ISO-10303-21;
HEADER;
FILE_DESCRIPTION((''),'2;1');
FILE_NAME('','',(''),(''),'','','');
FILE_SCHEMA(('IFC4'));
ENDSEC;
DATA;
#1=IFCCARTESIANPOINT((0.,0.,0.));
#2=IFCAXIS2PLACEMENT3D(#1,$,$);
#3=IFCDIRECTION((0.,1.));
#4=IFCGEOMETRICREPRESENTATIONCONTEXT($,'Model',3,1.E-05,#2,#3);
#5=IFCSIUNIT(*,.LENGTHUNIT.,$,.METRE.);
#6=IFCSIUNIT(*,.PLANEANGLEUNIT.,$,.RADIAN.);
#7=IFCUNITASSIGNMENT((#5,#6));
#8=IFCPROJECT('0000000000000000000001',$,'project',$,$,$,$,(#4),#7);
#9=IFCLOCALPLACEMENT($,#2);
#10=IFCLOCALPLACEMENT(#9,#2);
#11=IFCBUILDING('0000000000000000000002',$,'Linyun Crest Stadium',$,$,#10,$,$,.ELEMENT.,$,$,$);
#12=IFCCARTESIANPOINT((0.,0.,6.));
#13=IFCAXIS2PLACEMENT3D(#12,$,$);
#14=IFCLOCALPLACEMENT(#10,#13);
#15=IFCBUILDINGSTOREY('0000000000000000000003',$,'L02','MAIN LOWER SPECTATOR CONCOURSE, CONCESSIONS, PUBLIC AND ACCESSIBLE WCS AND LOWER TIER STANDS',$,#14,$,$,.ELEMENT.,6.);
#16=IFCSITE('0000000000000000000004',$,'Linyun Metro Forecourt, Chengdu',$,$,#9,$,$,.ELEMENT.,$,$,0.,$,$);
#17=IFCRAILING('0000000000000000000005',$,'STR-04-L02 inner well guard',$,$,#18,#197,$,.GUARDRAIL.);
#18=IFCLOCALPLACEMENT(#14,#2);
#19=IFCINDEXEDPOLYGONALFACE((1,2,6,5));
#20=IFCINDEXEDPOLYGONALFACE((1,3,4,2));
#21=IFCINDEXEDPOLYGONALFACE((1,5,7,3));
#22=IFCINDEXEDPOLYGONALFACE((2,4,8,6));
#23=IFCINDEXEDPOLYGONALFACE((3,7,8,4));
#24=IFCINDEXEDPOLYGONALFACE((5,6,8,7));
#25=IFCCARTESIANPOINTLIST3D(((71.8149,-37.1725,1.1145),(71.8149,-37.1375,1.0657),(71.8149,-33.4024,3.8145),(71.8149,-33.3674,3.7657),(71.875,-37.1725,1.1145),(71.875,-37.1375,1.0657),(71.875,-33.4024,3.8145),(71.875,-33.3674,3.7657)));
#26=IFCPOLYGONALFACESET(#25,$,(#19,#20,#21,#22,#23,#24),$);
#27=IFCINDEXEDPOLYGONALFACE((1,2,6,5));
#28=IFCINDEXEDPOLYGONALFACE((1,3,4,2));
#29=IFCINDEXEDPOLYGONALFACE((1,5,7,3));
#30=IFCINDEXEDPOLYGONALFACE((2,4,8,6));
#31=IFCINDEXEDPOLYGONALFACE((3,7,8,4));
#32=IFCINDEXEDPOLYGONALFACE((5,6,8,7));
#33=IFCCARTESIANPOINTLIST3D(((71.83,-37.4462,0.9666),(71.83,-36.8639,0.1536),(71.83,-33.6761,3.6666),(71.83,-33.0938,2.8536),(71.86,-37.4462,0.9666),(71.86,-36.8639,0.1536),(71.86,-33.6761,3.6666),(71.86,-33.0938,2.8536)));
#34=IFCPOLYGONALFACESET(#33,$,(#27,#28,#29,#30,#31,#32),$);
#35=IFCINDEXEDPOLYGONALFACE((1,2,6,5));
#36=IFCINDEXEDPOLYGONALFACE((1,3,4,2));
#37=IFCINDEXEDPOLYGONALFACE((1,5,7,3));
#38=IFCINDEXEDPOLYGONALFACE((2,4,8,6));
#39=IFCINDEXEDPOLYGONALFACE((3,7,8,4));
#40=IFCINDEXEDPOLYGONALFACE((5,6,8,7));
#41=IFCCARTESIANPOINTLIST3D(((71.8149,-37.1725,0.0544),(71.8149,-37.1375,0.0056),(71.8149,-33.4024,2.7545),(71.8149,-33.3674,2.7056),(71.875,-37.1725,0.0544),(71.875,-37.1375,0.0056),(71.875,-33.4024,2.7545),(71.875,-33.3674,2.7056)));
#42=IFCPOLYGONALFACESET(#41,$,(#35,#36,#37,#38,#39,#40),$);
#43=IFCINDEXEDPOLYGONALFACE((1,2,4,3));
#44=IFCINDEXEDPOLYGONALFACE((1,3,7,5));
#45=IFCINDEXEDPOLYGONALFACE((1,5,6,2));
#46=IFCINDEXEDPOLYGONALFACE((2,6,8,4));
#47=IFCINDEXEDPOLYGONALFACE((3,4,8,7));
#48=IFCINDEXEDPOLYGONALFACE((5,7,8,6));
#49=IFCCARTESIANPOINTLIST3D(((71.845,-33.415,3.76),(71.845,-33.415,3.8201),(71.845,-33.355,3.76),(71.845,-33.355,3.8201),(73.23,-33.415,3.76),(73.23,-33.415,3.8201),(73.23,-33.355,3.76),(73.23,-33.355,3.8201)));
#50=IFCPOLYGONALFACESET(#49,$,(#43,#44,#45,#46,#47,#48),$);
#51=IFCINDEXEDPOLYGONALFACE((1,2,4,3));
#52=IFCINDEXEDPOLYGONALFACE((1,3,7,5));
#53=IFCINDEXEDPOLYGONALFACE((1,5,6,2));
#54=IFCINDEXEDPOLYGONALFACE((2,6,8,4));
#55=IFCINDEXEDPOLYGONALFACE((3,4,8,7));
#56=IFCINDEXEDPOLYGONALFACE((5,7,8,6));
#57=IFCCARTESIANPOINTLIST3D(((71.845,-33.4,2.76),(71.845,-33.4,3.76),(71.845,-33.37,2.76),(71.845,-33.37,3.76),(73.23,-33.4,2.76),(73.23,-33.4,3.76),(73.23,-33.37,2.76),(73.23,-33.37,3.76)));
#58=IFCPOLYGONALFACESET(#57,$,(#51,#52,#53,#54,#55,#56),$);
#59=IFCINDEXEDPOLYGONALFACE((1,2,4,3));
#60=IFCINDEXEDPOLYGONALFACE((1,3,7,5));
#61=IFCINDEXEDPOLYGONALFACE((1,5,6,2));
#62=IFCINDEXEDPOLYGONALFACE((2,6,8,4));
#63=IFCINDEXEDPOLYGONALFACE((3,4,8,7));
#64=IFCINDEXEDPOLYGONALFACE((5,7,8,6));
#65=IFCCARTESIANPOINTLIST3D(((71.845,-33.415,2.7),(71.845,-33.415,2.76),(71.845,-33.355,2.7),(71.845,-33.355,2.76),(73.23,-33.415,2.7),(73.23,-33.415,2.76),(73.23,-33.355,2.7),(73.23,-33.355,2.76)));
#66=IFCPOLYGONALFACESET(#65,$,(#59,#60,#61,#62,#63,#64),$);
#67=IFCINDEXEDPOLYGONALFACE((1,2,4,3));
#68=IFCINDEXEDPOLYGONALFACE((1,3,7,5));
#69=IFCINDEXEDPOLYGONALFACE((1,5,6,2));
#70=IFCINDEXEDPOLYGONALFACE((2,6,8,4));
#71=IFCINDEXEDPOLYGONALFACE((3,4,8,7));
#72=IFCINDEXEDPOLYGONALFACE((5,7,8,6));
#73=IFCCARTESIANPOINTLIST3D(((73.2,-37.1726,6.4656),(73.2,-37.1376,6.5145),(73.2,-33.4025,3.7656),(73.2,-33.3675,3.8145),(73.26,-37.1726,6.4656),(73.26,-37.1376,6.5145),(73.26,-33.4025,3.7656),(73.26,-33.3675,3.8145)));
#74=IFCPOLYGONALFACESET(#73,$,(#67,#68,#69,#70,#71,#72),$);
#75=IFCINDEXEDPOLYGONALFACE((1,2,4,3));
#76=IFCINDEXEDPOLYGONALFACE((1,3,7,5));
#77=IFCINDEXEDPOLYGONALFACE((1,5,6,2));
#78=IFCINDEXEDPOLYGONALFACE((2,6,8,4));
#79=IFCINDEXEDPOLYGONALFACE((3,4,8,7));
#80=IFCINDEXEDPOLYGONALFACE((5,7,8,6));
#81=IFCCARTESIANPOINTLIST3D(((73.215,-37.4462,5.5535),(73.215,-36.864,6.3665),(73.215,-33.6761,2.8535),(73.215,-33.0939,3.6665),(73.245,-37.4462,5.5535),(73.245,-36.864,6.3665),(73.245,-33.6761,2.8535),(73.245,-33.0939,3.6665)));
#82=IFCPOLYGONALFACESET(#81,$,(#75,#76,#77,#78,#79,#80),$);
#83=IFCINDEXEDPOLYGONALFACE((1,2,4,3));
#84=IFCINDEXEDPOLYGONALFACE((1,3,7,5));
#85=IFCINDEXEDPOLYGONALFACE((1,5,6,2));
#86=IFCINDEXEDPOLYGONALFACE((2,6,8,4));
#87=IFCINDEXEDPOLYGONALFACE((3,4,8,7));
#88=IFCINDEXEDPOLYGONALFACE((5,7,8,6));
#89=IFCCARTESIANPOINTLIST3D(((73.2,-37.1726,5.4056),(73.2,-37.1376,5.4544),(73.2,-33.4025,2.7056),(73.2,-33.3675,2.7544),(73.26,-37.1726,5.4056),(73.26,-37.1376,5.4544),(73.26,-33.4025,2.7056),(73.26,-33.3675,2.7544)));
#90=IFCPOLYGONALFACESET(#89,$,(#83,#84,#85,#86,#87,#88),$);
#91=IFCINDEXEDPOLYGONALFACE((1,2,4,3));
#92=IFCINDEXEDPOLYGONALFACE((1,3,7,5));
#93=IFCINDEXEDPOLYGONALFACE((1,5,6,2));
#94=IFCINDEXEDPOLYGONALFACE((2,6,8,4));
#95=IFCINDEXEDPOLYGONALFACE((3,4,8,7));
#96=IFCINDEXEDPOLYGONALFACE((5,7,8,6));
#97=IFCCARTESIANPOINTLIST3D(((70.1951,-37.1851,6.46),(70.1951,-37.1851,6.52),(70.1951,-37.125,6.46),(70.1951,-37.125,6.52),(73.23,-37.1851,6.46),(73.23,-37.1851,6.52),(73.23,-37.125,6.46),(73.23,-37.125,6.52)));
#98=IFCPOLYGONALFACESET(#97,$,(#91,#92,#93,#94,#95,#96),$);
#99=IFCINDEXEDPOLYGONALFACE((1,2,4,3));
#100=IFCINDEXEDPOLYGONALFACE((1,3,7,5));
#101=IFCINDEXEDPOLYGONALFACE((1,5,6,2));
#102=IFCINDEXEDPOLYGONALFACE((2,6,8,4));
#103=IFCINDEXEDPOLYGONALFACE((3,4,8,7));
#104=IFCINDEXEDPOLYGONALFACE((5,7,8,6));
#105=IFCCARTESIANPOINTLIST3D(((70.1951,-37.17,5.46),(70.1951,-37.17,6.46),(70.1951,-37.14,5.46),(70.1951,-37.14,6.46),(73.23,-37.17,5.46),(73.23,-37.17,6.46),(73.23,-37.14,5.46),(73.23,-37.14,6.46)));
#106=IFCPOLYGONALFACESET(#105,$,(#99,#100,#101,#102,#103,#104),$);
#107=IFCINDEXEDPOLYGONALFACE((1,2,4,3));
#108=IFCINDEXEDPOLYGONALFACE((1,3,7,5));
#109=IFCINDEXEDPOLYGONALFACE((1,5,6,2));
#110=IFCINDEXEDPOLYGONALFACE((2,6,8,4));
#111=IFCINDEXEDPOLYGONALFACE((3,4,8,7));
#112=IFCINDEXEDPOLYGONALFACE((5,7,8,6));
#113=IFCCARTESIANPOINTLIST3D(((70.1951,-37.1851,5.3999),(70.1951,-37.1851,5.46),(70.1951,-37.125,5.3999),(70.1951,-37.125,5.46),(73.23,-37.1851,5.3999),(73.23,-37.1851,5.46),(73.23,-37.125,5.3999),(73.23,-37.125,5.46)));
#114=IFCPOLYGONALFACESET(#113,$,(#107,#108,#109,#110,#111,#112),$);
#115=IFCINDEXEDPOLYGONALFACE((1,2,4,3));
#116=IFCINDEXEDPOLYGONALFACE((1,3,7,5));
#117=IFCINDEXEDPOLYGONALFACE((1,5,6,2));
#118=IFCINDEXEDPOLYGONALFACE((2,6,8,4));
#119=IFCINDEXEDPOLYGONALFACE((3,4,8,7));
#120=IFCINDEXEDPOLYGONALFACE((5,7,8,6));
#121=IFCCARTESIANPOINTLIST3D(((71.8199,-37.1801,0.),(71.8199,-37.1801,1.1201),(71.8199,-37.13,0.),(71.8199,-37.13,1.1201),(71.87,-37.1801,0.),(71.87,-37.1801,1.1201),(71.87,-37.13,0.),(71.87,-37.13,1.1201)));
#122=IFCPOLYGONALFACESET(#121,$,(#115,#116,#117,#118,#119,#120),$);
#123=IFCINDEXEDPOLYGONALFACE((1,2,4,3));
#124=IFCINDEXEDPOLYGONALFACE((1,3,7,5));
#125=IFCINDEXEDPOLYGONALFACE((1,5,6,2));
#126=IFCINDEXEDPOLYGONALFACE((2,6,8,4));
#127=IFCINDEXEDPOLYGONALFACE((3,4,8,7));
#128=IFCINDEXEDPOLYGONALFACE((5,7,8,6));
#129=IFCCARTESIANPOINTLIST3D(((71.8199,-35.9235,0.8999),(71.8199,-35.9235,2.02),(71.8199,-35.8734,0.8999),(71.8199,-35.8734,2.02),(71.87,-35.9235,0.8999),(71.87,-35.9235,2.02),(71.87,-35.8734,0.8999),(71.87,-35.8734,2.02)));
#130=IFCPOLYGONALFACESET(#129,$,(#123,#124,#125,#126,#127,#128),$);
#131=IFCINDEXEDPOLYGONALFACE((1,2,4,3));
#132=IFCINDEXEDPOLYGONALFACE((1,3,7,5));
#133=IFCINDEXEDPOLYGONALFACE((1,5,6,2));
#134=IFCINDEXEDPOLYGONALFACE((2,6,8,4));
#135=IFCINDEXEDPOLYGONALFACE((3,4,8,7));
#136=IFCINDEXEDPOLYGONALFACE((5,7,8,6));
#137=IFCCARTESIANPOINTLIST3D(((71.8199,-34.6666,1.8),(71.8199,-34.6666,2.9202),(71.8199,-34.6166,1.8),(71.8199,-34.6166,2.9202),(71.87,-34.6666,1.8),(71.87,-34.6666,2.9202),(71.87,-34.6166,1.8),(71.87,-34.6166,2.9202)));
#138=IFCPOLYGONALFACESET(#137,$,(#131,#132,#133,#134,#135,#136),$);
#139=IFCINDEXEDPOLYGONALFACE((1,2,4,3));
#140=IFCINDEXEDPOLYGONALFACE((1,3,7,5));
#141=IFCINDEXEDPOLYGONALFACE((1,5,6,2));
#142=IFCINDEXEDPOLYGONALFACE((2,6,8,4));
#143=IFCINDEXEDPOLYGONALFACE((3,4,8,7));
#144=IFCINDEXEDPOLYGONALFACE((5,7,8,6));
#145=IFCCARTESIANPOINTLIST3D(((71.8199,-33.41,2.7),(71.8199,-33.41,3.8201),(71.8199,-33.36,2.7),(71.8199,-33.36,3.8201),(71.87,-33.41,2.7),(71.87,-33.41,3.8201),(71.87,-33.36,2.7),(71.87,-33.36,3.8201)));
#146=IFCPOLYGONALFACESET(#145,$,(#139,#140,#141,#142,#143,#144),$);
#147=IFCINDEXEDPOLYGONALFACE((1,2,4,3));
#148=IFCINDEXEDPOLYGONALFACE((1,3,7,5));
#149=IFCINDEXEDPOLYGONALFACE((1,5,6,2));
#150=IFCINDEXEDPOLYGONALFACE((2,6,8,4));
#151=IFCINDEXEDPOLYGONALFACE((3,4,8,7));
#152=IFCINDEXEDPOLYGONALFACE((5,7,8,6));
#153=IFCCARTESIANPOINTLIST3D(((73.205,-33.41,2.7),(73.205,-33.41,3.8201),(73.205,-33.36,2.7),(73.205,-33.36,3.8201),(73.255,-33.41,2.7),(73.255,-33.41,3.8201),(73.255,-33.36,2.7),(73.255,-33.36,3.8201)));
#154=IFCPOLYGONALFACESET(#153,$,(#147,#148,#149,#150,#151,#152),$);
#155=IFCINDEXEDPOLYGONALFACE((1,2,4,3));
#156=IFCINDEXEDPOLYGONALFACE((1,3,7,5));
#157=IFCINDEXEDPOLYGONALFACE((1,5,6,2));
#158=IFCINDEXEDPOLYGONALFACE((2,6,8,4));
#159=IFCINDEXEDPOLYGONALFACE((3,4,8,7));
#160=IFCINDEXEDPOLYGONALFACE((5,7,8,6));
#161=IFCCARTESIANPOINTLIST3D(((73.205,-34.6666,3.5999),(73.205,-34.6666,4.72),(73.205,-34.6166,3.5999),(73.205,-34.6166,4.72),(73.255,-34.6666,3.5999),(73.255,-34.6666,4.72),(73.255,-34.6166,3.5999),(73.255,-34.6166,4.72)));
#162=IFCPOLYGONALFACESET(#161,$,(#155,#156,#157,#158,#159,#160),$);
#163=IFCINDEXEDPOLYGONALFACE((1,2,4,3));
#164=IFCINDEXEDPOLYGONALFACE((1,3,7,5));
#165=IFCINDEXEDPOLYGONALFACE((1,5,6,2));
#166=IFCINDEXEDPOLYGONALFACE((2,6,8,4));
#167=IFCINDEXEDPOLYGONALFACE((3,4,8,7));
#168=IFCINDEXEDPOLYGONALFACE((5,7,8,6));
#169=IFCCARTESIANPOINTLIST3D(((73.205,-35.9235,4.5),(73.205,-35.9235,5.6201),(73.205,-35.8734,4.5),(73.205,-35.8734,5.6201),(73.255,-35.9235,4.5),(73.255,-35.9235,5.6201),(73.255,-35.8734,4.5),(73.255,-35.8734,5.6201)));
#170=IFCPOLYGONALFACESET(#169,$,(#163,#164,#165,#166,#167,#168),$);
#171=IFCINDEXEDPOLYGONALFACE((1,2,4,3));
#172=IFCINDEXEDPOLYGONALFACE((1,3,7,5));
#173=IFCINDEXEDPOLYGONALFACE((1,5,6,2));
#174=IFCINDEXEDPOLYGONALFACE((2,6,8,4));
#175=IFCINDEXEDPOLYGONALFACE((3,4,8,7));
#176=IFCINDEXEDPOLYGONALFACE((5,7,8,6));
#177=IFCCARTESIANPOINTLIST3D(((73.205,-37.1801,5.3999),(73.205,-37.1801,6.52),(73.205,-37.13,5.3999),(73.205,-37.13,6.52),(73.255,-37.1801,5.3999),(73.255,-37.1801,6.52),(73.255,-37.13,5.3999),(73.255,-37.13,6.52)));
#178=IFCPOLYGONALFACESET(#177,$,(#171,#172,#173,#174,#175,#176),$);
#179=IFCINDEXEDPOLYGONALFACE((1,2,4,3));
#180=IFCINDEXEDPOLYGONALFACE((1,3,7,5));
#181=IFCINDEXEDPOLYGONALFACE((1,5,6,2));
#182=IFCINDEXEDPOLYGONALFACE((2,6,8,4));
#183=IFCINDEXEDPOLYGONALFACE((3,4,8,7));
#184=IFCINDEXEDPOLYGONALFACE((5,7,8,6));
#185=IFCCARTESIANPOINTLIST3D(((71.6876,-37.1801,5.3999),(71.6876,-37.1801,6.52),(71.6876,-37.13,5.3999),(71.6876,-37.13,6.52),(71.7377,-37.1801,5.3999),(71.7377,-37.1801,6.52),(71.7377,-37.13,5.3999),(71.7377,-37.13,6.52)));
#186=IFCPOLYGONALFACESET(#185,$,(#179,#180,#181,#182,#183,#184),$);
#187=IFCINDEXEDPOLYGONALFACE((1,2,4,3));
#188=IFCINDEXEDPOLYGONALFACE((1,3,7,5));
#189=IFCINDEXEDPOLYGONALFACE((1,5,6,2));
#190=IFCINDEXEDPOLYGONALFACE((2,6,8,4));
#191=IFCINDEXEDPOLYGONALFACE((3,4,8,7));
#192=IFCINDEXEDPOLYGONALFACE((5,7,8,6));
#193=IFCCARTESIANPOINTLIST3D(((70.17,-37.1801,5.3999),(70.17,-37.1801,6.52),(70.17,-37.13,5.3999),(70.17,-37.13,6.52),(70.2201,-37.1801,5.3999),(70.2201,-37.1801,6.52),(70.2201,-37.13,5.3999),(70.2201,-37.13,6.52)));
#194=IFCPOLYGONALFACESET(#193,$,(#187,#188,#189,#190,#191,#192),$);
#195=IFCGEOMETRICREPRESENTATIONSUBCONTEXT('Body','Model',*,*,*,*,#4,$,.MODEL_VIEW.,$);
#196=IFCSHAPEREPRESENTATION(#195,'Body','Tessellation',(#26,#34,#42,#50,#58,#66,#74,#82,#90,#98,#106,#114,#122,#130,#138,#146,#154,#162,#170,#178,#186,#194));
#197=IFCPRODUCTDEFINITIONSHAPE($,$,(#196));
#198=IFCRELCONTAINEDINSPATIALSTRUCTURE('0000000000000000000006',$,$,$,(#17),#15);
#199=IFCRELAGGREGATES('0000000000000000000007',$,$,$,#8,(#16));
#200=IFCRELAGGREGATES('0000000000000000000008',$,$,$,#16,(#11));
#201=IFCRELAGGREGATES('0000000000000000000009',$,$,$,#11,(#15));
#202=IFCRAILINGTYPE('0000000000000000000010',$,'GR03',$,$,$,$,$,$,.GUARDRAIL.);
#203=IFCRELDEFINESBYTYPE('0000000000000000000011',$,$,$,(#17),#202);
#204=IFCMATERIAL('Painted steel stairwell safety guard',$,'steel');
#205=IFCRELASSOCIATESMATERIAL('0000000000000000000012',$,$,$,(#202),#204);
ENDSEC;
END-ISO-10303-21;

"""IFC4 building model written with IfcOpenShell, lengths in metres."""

from ifc_helpers import new_model, si_unit, direction, frame, origin, origin_2d, place, context, subcontext, project, spatial, rectangle, extrude, material, type_object, element, save


model = new_model("IFC4")

# Units and contexts
model_context = context("Model", 3, precision=1e-05, world=origin(), true_north=direction((0.0, 1.0)))
body_context = subcontext(model_context, "Body", "Model", "MODEL_VIEW")
ifc_project = project(units=[si_unit("LENGTHUNIT", "METRE"), si_unit("PLANEANGLEUNIT", "RADIAN")], contexts=[model_context])

# Site, building, storey
site_placement = place(None, origin())
site = spatial("IfcSite", under=ifc_project, at=site_placement, Name="Linyun Metro Forecourt, Chengdu", CompositionType="ELEMENT", RefElevation=0.0)
building_placement = place(site_placement, origin())
building = spatial("IfcBuilding", under=site, at=building_placement, Name="Linyun Crest Stadium", CompositionType="ELEMENT")
storey_placement = place(building_placement, frame((0.0, 0.0, 6.0)))
storey = spatial("IfcBuildingStorey", under=building, at=storey_placement, Name="L02", Description="MAIN LOWER SPECTATOR CONCOURSE, CONCESSIONS, PUBLIC AND ACCESSIBLE WCS AND LOWER TIER STANDS", CompositionType="ELEMENT", Elevation=6.0)

# Railing
ifc_material_1 = material(Name="Painted steel stairwell safety guard", Category="steel")
railing_type_1 = type_object("IfcRailingType", Name="GR03", PredefinedType="GUARDRAIL", material=ifc_material_1)
railing_1_placement = place(storey_placement, frame((71.845, -37.155, 0.0)))
element("IfcRailing", 1, at=railing_1_placement, inside=storey, type_object=railing_type_1, Name="STR-04-L02 inner well guard", PredefinedType="GUARDRAIL", context=body_context, shape_type="SweptSolid", body=[
    extrude(rectangle(XDim=0.0601, YDim=0.0601, at=origin_2d()), frame((0.0, 0.0, 1.0901), z_axis=(0.0, 0.813011, 0.582249), x_axis=(-1.0, 0.0, 0.0)), (0.0, 0.0, 1.0), 4.6372),
    extrude(rectangle(XDim=0.03, YDim=1.0, at=origin_2d()), frame((0.0, 0.0, 0.5601), z_axis=(0.0, 0.813011, 0.582249), x_axis=(-1.0, 0.0, 0.0)), (0.0, 0.0, 1.0), 4.6372),
    extrude(rectangle(XDim=0.0601, YDim=0.0601, at=origin_2d()), frame((0.0, 0.0, 0.03), z_axis=(0.0, 0.813011, 0.582249), x_axis=(-1.0, 0.0, 0.0)), (0.0, 0.0, 1.0), 4.6372),
    extrude(rectangle(XDim=0.0601, YDim=0.0601, at=origin_2d()), frame((0.0, 3.77, 3.79), z_axis=(1.0, 0.0, 0.0), x_axis=(0.0, 1.0, 0.0)), (0.0, 0.0, 1.0), 1.385),
    extrude(rectangle(XDim=0.03, YDim=1.0, at=origin_2d()), frame((0.0, 3.77, 3.26), z_axis=(1.0, 0.0, 0.0), x_axis=(0.0, 1.0, 0.0)), (0.0, 0.0, 1.0), 1.385),
    extrude(rectangle(XDim=0.0601, YDim=0.0601, at=origin_2d()), frame((0.0, 3.77, 2.73), z_axis=(1.0, 0.0, 0.0), x_axis=(0.0, 1.0, 0.0)), (0.0, 0.0, 1.0), 1.385),
    extrude(rectangle(XDim=0.0601, YDim=0.0601, at=origin_2d()), frame((1.385, 3.77, 3.79), z_axis=(0.0, -0.813011, 0.582249), x_axis=(1.0, 0.0, 0.0)), (0.0, 0.0, 1.0), 4.6372),
    extrude(rectangle(XDim=0.03, YDim=1.0, at=origin_2d()), frame((1.385, 3.77, 3.26), z_axis=(0.0, -0.813011, 0.582249), x_axis=(1.0, 0.0, 0.0)), (0.0, 0.0, 1.0), 4.6372),
    extrude(rectangle(XDim=0.0601, YDim=0.0601, at=origin_2d()), frame((1.385, 3.77, 2.73), z_axis=(0.0, -0.813011, 0.582249), x_axis=(1.0, 0.0, 0.0)), (0.0, 0.0, 1.0), 4.6372),
    extrude(rectangle(XDim=0.0601, YDim=0.0601, at=origin_2d()), frame((1.385, 0.0, 6.49), z_axis=(-1.0, 0.0, 0.0), x_axis=(0.0, -1.0, 0.0)), (0.0, 0.0, 1.0), 3.0349),
    extrude(rectangle(XDim=0.03, YDim=1.0, at=origin_2d()), frame((1.385, 0.0, 5.96), z_axis=(-1.0, 0.0, 0.0), x_axis=(0.0, -1.0, 0.0)), (0.0, 0.0, 1.0), 3.0349),
    extrude(rectangle(XDim=0.0601, YDim=0.0601, at=origin_2d()), frame((1.385, 0.0, 5.4299), z_axis=(-1.0, 0.0, 0.0), x_axis=(0.0, -1.0, 0.0)), (0.0, 0.0, 1.0), 3.0349),
    extrude(rectangle(XDim=0.05, YDim=0.05, at=origin_2d()), origin(), (0.0, 0.0, 1.0), 1.1201),
    extrude(rectangle(XDim=0.05, YDim=0.05, at=origin_2d()), frame((0.0, 1.2566, 0.8999)), (0.0, 0.0, 1.0), 1.1201),
    extrude(rectangle(XDim=0.05, YDim=0.05, at=origin_2d()), frame((0.0, 2.5134, 1.8)), (0.0, 0.0, 1.0), 1.1201),
    extrude(rectangle(XDim=0.05, YDim=0.05, at=origin_2d()), frame((0.0, 3.77, 2.7)), (0.0, 0.0, 1.0), 1.1201),
    extrude(rectangle(XDim=0.05, YDim=0.05, at=origin_2d()), frame((1.385, 3.77, 2.7)), (0.0, 0.0, 1.0), 1.1201),
    extrude(rectangle(XDim=0.05, YDim=0.05, at=origin_2d()), frame((1.385, 2.5134, 3.5999)), (0.0, 0.0, 1.0), 1.1201),
    extrude(rectangle(XDim=0.05, YDim=0.05, at=origin_2d()), frame((1.385, 1.2566, 4.5)), (0.0, 0.0, 1.0), 1.1201),
    extrude(rectangle(XDim=0.05, YDim=0.05, at=origin_2d()), frame((1.385, 0.0, 5.3999)), (0.0, 0.0, 1.0), 1.1201),
    extrude(rectangle(XDim=0.05, YDim=0.05, at=origin_2d()), frame((-0.1323, 0.0, 5.3999)), (0.0, 0.0, 1.0), 1.1201),
    extrude(rectangle(XDim=0.05, YDim=0.05, at=origin_2d()), frame((-1.6499, 0.0, 5.3999)), (0.0, 0.0, 1.0), 1.1201),
])

save(model, "model.ifc")
